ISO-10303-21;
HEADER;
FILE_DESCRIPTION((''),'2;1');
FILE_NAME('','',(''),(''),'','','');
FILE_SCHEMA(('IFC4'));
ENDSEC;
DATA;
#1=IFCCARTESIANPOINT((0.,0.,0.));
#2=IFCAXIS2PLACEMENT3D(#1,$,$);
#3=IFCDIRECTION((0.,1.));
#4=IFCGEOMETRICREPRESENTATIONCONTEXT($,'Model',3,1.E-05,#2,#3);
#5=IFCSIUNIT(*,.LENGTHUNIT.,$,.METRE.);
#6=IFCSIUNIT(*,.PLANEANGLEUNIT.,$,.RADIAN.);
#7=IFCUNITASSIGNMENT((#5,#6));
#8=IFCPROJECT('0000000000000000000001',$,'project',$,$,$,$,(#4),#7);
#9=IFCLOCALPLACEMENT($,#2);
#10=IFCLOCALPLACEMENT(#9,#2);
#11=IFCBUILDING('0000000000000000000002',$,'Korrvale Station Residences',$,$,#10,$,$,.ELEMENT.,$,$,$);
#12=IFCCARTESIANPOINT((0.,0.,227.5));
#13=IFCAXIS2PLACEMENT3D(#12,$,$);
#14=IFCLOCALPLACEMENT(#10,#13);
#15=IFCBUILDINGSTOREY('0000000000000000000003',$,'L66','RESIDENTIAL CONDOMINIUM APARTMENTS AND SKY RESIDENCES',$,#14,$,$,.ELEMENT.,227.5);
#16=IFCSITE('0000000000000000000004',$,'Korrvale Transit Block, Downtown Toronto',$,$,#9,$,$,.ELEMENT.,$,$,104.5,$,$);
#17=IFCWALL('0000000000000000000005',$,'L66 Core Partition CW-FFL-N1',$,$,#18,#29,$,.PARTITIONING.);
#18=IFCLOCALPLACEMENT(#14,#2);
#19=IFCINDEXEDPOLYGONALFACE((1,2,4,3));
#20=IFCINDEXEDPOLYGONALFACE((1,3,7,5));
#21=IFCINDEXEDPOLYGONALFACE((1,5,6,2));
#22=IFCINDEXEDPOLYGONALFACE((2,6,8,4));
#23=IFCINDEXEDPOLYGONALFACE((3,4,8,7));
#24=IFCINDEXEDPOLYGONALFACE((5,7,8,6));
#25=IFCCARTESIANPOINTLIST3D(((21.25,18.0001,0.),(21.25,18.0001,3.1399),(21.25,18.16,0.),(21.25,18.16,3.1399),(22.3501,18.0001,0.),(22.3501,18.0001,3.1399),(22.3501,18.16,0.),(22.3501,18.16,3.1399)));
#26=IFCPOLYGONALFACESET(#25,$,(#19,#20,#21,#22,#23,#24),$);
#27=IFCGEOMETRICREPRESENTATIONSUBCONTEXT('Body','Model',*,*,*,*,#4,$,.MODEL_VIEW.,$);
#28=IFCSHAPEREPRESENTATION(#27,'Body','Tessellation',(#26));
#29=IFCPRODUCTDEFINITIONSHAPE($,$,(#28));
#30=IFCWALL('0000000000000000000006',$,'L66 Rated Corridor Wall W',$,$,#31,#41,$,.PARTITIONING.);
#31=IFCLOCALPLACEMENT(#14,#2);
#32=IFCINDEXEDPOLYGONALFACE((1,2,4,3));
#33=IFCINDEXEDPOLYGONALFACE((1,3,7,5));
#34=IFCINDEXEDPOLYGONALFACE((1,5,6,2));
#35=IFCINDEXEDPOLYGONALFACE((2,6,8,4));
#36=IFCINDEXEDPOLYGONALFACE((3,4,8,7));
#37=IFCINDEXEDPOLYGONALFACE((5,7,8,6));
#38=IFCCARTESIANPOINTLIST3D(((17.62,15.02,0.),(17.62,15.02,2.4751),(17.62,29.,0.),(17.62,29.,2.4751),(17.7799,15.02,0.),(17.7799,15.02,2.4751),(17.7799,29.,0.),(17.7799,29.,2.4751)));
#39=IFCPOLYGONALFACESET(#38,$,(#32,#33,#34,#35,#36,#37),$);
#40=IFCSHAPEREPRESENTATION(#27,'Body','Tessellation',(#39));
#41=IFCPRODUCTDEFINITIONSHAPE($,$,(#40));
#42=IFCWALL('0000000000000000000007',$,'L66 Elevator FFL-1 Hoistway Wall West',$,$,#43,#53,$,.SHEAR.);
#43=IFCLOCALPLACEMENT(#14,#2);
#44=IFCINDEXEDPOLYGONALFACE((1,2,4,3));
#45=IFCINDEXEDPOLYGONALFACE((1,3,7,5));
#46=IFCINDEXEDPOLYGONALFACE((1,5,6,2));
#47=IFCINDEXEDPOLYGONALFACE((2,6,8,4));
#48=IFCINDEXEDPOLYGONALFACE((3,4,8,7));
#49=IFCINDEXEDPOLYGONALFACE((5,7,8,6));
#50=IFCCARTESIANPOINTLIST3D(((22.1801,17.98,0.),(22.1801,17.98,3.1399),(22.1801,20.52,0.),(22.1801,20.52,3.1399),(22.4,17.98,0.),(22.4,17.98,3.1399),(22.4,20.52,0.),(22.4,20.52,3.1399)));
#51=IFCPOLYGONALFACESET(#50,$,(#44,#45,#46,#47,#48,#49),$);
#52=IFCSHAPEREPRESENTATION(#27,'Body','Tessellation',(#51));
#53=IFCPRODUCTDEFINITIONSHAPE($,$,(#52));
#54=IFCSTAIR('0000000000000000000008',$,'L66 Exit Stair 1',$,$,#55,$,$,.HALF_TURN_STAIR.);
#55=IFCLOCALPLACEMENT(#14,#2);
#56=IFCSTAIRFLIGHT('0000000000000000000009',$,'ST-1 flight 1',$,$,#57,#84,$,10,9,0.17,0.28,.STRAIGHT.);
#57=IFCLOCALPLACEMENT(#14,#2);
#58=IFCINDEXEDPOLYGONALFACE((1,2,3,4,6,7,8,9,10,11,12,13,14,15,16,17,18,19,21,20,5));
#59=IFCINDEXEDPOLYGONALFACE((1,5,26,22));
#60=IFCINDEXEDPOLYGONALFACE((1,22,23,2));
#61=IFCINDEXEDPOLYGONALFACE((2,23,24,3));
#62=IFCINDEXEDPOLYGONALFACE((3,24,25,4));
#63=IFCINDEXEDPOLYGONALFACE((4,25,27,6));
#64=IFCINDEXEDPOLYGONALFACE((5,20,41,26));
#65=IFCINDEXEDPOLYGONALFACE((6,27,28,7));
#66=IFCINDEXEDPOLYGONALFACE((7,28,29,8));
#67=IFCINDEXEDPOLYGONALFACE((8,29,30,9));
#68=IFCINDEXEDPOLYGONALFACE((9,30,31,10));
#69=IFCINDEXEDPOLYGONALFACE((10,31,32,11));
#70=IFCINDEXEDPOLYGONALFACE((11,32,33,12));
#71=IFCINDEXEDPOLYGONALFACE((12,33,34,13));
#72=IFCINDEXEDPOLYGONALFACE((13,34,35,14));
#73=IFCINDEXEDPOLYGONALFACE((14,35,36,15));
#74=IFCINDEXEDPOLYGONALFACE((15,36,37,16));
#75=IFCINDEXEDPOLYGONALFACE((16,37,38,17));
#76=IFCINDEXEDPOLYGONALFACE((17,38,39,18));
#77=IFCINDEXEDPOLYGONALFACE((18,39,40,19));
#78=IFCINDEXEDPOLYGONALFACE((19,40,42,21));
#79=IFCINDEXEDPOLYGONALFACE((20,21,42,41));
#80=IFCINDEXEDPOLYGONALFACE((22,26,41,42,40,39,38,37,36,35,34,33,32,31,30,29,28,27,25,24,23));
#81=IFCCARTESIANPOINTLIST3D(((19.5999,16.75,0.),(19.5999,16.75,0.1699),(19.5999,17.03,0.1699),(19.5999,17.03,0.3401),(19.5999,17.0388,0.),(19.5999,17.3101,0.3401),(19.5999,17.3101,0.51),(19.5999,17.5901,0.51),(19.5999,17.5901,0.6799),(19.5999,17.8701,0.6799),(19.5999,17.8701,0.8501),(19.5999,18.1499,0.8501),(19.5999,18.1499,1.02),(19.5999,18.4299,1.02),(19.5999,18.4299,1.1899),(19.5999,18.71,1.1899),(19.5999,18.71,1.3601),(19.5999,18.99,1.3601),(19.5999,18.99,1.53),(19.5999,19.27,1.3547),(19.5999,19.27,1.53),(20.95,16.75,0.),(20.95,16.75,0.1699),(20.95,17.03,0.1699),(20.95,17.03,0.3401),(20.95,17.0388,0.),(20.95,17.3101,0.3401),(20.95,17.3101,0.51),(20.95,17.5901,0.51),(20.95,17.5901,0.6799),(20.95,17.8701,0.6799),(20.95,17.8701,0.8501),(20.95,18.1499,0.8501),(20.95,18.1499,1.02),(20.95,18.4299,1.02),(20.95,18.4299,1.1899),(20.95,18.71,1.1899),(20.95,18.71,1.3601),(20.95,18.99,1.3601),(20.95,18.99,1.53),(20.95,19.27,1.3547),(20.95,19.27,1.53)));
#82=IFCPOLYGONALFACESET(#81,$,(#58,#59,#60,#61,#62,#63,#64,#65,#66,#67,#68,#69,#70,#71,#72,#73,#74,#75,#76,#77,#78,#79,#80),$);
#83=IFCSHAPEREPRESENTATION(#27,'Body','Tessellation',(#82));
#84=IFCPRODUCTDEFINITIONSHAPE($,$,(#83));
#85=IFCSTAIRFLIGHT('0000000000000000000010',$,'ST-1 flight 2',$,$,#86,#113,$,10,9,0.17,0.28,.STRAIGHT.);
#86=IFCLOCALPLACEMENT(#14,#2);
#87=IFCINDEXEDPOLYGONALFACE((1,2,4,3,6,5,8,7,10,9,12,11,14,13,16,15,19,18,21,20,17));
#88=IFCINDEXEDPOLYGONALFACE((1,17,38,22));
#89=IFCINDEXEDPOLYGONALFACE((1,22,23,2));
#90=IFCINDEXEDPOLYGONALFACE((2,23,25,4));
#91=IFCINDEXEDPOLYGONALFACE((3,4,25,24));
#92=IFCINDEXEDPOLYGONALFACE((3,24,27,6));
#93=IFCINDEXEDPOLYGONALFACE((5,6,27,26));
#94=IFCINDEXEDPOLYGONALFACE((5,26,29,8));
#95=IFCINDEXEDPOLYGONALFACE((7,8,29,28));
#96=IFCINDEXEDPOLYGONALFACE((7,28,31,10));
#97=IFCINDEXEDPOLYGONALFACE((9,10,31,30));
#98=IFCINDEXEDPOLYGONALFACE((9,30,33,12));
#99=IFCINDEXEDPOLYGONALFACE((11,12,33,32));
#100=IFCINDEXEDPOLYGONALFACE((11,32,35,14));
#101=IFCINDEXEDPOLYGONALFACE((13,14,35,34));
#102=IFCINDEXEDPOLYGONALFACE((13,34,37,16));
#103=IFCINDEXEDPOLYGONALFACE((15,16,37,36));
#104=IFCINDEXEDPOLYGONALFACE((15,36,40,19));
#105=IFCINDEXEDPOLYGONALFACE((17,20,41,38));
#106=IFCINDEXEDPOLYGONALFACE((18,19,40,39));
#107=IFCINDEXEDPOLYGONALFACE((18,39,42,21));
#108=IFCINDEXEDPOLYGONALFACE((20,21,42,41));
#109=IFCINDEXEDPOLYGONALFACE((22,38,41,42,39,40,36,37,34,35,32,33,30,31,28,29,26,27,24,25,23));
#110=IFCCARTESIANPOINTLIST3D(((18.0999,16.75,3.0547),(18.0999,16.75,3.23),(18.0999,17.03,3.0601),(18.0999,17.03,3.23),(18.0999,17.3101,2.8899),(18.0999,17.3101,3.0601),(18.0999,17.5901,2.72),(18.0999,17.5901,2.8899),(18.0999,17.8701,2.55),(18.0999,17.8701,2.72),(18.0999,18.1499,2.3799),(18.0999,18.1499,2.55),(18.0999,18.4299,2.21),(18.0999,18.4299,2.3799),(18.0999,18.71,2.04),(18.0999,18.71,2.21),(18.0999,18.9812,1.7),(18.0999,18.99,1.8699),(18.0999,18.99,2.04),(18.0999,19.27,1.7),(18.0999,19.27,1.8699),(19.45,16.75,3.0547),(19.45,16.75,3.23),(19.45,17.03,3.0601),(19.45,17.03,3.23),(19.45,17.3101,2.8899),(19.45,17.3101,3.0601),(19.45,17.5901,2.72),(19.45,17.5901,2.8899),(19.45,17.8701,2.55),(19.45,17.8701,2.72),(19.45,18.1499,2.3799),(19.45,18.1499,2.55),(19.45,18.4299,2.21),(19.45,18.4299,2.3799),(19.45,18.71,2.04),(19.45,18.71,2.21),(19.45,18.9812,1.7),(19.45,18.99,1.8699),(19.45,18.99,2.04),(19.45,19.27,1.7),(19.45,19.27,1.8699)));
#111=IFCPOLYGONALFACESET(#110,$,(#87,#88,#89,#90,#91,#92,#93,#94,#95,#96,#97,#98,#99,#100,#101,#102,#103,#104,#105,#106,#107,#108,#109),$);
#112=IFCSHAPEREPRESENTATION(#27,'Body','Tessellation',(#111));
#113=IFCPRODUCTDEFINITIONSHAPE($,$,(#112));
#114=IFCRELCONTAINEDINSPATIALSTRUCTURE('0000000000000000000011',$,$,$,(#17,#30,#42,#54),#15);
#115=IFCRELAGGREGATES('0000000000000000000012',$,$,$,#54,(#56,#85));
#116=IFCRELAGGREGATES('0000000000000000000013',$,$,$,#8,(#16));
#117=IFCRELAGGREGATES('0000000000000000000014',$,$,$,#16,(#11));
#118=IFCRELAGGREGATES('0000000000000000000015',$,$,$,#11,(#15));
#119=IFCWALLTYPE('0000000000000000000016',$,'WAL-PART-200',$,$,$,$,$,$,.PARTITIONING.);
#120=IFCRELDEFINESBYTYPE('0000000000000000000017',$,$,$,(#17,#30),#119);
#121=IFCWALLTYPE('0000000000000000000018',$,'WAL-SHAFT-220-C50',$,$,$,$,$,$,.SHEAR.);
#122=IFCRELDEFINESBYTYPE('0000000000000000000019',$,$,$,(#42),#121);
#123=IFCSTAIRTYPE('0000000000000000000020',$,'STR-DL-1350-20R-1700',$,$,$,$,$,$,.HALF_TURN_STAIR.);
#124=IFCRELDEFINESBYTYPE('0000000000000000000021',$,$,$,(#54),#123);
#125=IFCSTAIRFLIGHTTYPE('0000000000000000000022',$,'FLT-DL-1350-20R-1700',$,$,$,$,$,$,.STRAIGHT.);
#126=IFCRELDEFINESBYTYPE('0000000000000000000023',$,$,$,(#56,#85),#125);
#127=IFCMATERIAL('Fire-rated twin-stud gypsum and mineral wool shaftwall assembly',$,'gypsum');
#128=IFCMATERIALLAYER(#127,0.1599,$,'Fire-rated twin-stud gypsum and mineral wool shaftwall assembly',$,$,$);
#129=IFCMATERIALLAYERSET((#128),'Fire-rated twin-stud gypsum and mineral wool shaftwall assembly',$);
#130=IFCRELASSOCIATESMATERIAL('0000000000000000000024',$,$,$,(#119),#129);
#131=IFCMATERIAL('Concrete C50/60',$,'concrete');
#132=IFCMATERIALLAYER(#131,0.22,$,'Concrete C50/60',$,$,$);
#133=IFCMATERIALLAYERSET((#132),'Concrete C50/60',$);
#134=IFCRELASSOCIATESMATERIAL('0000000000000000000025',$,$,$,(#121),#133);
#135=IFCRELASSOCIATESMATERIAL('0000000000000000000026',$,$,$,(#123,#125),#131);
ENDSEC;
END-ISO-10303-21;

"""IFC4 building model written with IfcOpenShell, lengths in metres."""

from ifc_helpers import new_model, si_unit, direction, frame, frame_2d, origin, place, context, subcontext, project, spatial, polyline, rectangle, outline, extrude, material, layer, layer_set, type_object, element, aggregate, save


model = new_model("IFC4")

# Units and contexts
model_context = context("Model", 3, precision=1e-05, world=origin(), true_north=direction((0.0, 1.0)))
body_context = subcontext(model_context, "Body", "Model", "MODEL_VIEW")
ifc_project = project(units=[si_unit("LENGTHUNIT", "METRE"), si_unit("PLANEANGLEUNIT", "RADIAN")], contexts=[model_context])

# Site, building, storey
site_placement = place(None, origin())
site = spatial("IfcSite", under=ifc_project, at=site_placement, Name="Korrvale Transit Block, Downtown Toronto", CompositionType="ELEMENT", RefElevation=104.5)
building_placement = place(site_placement, origin())
building = spatial("IfcBuilding", under=site, at=building_placement, Name="Korrvale Station Residences", CompositionType="ELEMENT")
storey_placement = place(building_placement, frame((0.0, 0.0, 227.5)))
storey = spatial("IfcBuildingStorey", under=building, at=storey_placement, Name="L66", Description="RESIDENTIAL CONDOMINIUM APARTMENTS AND SKY RESIDENCES", CompositionType="ELEMENT", Elevation=227.5)

# Shared definitions
ifc_material_1 = material(Name="Concrete C50/60", Category="concrete")

# Shared definitions
ifc_material_2 = material(Name="Fire-rated twin-stud gypsum and mineral wool shaftwall assembly", Category="gypsum")
ifc_layer_1 = layer(ifc_material_2, 0.1599, Name="Fire-rated twin-stud gypsum and mineral wool shaftwall assembly")
ifc_layer_set_1 = layer_set([ifc_layer_1], Name="Fire-rated twin-stud gypsum and mineral wool shaftwall assembly")
wall_type_1 = type_object("IfcWallType", Name="WAL-PART-200", PredefinedType="PARTITIONING", material=ifc_layer_set_1)

# Walls
wall_1_placement = place(storey_placement, frame((21.25, 18.0801, 0.0), z_axis=(0.0, 0.0, 1.0), x_axis=(1.0, 0.0, 0.0)))
element("IfcWall", 1, at=wall_1_placement, inside=storey, type_object=wall_type_1, Name="L66 Core Partition CW-FFL-N1", PredefinedType="PARTITIONING", context=body_context, shape_type="SweptSolid", body=[
    extrude(rectangle(XDim=1.1001, YDim=0.1599, at=frame_2d((0.55, 0.0))), origin(), (0.0, 0.0, 1.0), 3.1399),
])
wall_2_placement = place(storey_placement, frame((17.7, 15.02, 0.0), z_axis=(0.0, 0.0, 1.0), x_axis=(0.0, 1.0, 0.0)))
element("IfcWall", 2, at=wall_2_placement, inside=storey, type_object=wall_type_1, Name="L66 Rated Corridor Wall W", PredefinedType="PARTITIONING", context=body_context, shape_type="SweptSolid", body=[
    extrude(rectangle(XDim=13.98, YDim=0.1599, at=frame_2d((6.99, 0.0))), origin(), (0.0, 0.0, 1.0), 2.4751),
])

# Shared definitions
ifc_layer_2 = layer(ifc_material_1, 0.22, Name="Concrete C50/60")
ifc_layer_set_2 = layer_set([ifc_layer_2], Name="Concrete C50/60")
wall_type_2 = type_object("IfcWallType", Name="WAL-SHAFT-220-C50", PredefinedType="SHEAR", material=ifc_layer_set_2)

# Wall
wall_3_placement = place(storey_placement, frame((22.29, 17.98, 0.0), z_axis=(0.0, 0.0, 1.0), x_axis=(0.0, 1.0, 0.0)))
element("IfcWall", 3, at=wall_3_placement, inside=storey, type_object=wall_type_2, Name="L66 Elevator FFL-1 Hoistway Wall West", PredefinedType="SHEAR", context=body_context, shape_type="SweptSolid", body=[
    extrude(rectangle(XDim=2.54, YDim=0.22, at=frame_2d((1.27, 0.0))), origin(), (0.0, 0.0, 1.0), 3.1399),
])

# Stair, stair flights
stair_type = type_object("IfcStairType", Name="STR-DL-1350-20R-1700", PredefinedType="HALF_TURN_STAIR", material=ifc_material_1)
stair_placement = place(storey_placement, origin())
stair = element("IfcStair", 4, at=stair_placement, inside=storey, type_object=stair_type, Name="L66 Exit Stair 1", PredefinedType="HALF_TURN_STAIR")
stair_flight_type = type_object("IfcStairFlightType", Name="FLT-DL-1350-20R-1700", PredefinedType="STRAIGHT", material=ifc_material_1)
stair_flight_1_placement = place(storey_placement, frame((20.2749, 16.75, 0.0), z_axis=(0.0, 0.0, 1.0), x_axis=(0.0, 1.0, 0.0)))
stair_flight_1 = element("IfcStairFlight", 5, at=stair_flight_1_placement, type_object=stair_flight_type, Name="ST-1 flight 1", NumberOfRisers=10, NumberOfTreads=9, PredefinedType="STRAIGHT", RiserHeight=0.17, TreadLength=0.28, context=body_context, shape_type="SweptSolid", body=[
    extrude(outline(polyline([(0.0, 0.0), (0.0, 0.1699), (0.28, 0.1699), (0.28, 0.3401), (0.5601, 0.3401), (0.5601, 0.51), (0.8401, 0.51), (0.8401, 0.6799), (1.1201, 0.6799), (1.1201, 0.8501), (1.3999, 0.8501), (1.3999, 1.02), (1.6799, 1.02), (1.6799, 1.1899), (1.96, 1.1899), (1.96, 1.3601), (2.24, 1.3601), (2.24, 1.53), (2.52, 1.53), (2.52, 1.7), (2.52, 1.3547), (0.2888, 0.0), (0.0, 0.0)])), frame((0.0, 0.675, 0.0), z_axis=(0.0, -1.0, 0.0), x_axis=(1.0, 0.0, 0.0)), (0.0, 0.0, 1.0), 1.3501),
])
stair_flight_2_placement = place(storey_placement, frame((18.7749, 19.27, 1.7), z_axis=(0.0, 0.0, 1.0), x_axis=(0.0, -1.0, 0.0)))
stair_flight_2 = element("IfcStairFlight", 6, at=stair_flight_2_placement, type_object=stair_flight_type, Name="ST-1 flight 2", NumberOfRisers=10, NumberOfTreads=9, PredefinedType="STRAIGHT", RiserHeight=0.17, TreadLength=0.28, context=body_context, shape_type="SweptSolid", body=[
    extrude(outline(polyline([(0.0, 0.0), (0.0, 0.1699), (0.28, 0.1699), (0.28, 0.3401), (0.5601, 0.3401), (0.5601, 0.51), (0.8401, 0.51), (0.8401, 0.6799), (1.1201, 0.6799), (1.1201, 0.8501), (1.3999, 0.8501), (1.3999, 1.02), (1.6799, 1.02), (1.6799, 1.1899), (1.96, 1.1899), (1.96, 1.3601), (2.24, 1.3601), (2.24, 1.53), (2.52, 1.53), (2.52, 1.7), (2.52, 1.3547), (0.2888, 0.0), (0.0, 0.0)])), frame((0.0, 0.675, 0.0), z_axis=(0.0, -1.0, 0.0), x_axis=(1.0, 0.0, 0.0)), (0.0, 0.0, 1.0), 1.3501),
])
aggregate(stair, [stair_flight_1, stair_flight_2])

save(model, "model.ifc")
